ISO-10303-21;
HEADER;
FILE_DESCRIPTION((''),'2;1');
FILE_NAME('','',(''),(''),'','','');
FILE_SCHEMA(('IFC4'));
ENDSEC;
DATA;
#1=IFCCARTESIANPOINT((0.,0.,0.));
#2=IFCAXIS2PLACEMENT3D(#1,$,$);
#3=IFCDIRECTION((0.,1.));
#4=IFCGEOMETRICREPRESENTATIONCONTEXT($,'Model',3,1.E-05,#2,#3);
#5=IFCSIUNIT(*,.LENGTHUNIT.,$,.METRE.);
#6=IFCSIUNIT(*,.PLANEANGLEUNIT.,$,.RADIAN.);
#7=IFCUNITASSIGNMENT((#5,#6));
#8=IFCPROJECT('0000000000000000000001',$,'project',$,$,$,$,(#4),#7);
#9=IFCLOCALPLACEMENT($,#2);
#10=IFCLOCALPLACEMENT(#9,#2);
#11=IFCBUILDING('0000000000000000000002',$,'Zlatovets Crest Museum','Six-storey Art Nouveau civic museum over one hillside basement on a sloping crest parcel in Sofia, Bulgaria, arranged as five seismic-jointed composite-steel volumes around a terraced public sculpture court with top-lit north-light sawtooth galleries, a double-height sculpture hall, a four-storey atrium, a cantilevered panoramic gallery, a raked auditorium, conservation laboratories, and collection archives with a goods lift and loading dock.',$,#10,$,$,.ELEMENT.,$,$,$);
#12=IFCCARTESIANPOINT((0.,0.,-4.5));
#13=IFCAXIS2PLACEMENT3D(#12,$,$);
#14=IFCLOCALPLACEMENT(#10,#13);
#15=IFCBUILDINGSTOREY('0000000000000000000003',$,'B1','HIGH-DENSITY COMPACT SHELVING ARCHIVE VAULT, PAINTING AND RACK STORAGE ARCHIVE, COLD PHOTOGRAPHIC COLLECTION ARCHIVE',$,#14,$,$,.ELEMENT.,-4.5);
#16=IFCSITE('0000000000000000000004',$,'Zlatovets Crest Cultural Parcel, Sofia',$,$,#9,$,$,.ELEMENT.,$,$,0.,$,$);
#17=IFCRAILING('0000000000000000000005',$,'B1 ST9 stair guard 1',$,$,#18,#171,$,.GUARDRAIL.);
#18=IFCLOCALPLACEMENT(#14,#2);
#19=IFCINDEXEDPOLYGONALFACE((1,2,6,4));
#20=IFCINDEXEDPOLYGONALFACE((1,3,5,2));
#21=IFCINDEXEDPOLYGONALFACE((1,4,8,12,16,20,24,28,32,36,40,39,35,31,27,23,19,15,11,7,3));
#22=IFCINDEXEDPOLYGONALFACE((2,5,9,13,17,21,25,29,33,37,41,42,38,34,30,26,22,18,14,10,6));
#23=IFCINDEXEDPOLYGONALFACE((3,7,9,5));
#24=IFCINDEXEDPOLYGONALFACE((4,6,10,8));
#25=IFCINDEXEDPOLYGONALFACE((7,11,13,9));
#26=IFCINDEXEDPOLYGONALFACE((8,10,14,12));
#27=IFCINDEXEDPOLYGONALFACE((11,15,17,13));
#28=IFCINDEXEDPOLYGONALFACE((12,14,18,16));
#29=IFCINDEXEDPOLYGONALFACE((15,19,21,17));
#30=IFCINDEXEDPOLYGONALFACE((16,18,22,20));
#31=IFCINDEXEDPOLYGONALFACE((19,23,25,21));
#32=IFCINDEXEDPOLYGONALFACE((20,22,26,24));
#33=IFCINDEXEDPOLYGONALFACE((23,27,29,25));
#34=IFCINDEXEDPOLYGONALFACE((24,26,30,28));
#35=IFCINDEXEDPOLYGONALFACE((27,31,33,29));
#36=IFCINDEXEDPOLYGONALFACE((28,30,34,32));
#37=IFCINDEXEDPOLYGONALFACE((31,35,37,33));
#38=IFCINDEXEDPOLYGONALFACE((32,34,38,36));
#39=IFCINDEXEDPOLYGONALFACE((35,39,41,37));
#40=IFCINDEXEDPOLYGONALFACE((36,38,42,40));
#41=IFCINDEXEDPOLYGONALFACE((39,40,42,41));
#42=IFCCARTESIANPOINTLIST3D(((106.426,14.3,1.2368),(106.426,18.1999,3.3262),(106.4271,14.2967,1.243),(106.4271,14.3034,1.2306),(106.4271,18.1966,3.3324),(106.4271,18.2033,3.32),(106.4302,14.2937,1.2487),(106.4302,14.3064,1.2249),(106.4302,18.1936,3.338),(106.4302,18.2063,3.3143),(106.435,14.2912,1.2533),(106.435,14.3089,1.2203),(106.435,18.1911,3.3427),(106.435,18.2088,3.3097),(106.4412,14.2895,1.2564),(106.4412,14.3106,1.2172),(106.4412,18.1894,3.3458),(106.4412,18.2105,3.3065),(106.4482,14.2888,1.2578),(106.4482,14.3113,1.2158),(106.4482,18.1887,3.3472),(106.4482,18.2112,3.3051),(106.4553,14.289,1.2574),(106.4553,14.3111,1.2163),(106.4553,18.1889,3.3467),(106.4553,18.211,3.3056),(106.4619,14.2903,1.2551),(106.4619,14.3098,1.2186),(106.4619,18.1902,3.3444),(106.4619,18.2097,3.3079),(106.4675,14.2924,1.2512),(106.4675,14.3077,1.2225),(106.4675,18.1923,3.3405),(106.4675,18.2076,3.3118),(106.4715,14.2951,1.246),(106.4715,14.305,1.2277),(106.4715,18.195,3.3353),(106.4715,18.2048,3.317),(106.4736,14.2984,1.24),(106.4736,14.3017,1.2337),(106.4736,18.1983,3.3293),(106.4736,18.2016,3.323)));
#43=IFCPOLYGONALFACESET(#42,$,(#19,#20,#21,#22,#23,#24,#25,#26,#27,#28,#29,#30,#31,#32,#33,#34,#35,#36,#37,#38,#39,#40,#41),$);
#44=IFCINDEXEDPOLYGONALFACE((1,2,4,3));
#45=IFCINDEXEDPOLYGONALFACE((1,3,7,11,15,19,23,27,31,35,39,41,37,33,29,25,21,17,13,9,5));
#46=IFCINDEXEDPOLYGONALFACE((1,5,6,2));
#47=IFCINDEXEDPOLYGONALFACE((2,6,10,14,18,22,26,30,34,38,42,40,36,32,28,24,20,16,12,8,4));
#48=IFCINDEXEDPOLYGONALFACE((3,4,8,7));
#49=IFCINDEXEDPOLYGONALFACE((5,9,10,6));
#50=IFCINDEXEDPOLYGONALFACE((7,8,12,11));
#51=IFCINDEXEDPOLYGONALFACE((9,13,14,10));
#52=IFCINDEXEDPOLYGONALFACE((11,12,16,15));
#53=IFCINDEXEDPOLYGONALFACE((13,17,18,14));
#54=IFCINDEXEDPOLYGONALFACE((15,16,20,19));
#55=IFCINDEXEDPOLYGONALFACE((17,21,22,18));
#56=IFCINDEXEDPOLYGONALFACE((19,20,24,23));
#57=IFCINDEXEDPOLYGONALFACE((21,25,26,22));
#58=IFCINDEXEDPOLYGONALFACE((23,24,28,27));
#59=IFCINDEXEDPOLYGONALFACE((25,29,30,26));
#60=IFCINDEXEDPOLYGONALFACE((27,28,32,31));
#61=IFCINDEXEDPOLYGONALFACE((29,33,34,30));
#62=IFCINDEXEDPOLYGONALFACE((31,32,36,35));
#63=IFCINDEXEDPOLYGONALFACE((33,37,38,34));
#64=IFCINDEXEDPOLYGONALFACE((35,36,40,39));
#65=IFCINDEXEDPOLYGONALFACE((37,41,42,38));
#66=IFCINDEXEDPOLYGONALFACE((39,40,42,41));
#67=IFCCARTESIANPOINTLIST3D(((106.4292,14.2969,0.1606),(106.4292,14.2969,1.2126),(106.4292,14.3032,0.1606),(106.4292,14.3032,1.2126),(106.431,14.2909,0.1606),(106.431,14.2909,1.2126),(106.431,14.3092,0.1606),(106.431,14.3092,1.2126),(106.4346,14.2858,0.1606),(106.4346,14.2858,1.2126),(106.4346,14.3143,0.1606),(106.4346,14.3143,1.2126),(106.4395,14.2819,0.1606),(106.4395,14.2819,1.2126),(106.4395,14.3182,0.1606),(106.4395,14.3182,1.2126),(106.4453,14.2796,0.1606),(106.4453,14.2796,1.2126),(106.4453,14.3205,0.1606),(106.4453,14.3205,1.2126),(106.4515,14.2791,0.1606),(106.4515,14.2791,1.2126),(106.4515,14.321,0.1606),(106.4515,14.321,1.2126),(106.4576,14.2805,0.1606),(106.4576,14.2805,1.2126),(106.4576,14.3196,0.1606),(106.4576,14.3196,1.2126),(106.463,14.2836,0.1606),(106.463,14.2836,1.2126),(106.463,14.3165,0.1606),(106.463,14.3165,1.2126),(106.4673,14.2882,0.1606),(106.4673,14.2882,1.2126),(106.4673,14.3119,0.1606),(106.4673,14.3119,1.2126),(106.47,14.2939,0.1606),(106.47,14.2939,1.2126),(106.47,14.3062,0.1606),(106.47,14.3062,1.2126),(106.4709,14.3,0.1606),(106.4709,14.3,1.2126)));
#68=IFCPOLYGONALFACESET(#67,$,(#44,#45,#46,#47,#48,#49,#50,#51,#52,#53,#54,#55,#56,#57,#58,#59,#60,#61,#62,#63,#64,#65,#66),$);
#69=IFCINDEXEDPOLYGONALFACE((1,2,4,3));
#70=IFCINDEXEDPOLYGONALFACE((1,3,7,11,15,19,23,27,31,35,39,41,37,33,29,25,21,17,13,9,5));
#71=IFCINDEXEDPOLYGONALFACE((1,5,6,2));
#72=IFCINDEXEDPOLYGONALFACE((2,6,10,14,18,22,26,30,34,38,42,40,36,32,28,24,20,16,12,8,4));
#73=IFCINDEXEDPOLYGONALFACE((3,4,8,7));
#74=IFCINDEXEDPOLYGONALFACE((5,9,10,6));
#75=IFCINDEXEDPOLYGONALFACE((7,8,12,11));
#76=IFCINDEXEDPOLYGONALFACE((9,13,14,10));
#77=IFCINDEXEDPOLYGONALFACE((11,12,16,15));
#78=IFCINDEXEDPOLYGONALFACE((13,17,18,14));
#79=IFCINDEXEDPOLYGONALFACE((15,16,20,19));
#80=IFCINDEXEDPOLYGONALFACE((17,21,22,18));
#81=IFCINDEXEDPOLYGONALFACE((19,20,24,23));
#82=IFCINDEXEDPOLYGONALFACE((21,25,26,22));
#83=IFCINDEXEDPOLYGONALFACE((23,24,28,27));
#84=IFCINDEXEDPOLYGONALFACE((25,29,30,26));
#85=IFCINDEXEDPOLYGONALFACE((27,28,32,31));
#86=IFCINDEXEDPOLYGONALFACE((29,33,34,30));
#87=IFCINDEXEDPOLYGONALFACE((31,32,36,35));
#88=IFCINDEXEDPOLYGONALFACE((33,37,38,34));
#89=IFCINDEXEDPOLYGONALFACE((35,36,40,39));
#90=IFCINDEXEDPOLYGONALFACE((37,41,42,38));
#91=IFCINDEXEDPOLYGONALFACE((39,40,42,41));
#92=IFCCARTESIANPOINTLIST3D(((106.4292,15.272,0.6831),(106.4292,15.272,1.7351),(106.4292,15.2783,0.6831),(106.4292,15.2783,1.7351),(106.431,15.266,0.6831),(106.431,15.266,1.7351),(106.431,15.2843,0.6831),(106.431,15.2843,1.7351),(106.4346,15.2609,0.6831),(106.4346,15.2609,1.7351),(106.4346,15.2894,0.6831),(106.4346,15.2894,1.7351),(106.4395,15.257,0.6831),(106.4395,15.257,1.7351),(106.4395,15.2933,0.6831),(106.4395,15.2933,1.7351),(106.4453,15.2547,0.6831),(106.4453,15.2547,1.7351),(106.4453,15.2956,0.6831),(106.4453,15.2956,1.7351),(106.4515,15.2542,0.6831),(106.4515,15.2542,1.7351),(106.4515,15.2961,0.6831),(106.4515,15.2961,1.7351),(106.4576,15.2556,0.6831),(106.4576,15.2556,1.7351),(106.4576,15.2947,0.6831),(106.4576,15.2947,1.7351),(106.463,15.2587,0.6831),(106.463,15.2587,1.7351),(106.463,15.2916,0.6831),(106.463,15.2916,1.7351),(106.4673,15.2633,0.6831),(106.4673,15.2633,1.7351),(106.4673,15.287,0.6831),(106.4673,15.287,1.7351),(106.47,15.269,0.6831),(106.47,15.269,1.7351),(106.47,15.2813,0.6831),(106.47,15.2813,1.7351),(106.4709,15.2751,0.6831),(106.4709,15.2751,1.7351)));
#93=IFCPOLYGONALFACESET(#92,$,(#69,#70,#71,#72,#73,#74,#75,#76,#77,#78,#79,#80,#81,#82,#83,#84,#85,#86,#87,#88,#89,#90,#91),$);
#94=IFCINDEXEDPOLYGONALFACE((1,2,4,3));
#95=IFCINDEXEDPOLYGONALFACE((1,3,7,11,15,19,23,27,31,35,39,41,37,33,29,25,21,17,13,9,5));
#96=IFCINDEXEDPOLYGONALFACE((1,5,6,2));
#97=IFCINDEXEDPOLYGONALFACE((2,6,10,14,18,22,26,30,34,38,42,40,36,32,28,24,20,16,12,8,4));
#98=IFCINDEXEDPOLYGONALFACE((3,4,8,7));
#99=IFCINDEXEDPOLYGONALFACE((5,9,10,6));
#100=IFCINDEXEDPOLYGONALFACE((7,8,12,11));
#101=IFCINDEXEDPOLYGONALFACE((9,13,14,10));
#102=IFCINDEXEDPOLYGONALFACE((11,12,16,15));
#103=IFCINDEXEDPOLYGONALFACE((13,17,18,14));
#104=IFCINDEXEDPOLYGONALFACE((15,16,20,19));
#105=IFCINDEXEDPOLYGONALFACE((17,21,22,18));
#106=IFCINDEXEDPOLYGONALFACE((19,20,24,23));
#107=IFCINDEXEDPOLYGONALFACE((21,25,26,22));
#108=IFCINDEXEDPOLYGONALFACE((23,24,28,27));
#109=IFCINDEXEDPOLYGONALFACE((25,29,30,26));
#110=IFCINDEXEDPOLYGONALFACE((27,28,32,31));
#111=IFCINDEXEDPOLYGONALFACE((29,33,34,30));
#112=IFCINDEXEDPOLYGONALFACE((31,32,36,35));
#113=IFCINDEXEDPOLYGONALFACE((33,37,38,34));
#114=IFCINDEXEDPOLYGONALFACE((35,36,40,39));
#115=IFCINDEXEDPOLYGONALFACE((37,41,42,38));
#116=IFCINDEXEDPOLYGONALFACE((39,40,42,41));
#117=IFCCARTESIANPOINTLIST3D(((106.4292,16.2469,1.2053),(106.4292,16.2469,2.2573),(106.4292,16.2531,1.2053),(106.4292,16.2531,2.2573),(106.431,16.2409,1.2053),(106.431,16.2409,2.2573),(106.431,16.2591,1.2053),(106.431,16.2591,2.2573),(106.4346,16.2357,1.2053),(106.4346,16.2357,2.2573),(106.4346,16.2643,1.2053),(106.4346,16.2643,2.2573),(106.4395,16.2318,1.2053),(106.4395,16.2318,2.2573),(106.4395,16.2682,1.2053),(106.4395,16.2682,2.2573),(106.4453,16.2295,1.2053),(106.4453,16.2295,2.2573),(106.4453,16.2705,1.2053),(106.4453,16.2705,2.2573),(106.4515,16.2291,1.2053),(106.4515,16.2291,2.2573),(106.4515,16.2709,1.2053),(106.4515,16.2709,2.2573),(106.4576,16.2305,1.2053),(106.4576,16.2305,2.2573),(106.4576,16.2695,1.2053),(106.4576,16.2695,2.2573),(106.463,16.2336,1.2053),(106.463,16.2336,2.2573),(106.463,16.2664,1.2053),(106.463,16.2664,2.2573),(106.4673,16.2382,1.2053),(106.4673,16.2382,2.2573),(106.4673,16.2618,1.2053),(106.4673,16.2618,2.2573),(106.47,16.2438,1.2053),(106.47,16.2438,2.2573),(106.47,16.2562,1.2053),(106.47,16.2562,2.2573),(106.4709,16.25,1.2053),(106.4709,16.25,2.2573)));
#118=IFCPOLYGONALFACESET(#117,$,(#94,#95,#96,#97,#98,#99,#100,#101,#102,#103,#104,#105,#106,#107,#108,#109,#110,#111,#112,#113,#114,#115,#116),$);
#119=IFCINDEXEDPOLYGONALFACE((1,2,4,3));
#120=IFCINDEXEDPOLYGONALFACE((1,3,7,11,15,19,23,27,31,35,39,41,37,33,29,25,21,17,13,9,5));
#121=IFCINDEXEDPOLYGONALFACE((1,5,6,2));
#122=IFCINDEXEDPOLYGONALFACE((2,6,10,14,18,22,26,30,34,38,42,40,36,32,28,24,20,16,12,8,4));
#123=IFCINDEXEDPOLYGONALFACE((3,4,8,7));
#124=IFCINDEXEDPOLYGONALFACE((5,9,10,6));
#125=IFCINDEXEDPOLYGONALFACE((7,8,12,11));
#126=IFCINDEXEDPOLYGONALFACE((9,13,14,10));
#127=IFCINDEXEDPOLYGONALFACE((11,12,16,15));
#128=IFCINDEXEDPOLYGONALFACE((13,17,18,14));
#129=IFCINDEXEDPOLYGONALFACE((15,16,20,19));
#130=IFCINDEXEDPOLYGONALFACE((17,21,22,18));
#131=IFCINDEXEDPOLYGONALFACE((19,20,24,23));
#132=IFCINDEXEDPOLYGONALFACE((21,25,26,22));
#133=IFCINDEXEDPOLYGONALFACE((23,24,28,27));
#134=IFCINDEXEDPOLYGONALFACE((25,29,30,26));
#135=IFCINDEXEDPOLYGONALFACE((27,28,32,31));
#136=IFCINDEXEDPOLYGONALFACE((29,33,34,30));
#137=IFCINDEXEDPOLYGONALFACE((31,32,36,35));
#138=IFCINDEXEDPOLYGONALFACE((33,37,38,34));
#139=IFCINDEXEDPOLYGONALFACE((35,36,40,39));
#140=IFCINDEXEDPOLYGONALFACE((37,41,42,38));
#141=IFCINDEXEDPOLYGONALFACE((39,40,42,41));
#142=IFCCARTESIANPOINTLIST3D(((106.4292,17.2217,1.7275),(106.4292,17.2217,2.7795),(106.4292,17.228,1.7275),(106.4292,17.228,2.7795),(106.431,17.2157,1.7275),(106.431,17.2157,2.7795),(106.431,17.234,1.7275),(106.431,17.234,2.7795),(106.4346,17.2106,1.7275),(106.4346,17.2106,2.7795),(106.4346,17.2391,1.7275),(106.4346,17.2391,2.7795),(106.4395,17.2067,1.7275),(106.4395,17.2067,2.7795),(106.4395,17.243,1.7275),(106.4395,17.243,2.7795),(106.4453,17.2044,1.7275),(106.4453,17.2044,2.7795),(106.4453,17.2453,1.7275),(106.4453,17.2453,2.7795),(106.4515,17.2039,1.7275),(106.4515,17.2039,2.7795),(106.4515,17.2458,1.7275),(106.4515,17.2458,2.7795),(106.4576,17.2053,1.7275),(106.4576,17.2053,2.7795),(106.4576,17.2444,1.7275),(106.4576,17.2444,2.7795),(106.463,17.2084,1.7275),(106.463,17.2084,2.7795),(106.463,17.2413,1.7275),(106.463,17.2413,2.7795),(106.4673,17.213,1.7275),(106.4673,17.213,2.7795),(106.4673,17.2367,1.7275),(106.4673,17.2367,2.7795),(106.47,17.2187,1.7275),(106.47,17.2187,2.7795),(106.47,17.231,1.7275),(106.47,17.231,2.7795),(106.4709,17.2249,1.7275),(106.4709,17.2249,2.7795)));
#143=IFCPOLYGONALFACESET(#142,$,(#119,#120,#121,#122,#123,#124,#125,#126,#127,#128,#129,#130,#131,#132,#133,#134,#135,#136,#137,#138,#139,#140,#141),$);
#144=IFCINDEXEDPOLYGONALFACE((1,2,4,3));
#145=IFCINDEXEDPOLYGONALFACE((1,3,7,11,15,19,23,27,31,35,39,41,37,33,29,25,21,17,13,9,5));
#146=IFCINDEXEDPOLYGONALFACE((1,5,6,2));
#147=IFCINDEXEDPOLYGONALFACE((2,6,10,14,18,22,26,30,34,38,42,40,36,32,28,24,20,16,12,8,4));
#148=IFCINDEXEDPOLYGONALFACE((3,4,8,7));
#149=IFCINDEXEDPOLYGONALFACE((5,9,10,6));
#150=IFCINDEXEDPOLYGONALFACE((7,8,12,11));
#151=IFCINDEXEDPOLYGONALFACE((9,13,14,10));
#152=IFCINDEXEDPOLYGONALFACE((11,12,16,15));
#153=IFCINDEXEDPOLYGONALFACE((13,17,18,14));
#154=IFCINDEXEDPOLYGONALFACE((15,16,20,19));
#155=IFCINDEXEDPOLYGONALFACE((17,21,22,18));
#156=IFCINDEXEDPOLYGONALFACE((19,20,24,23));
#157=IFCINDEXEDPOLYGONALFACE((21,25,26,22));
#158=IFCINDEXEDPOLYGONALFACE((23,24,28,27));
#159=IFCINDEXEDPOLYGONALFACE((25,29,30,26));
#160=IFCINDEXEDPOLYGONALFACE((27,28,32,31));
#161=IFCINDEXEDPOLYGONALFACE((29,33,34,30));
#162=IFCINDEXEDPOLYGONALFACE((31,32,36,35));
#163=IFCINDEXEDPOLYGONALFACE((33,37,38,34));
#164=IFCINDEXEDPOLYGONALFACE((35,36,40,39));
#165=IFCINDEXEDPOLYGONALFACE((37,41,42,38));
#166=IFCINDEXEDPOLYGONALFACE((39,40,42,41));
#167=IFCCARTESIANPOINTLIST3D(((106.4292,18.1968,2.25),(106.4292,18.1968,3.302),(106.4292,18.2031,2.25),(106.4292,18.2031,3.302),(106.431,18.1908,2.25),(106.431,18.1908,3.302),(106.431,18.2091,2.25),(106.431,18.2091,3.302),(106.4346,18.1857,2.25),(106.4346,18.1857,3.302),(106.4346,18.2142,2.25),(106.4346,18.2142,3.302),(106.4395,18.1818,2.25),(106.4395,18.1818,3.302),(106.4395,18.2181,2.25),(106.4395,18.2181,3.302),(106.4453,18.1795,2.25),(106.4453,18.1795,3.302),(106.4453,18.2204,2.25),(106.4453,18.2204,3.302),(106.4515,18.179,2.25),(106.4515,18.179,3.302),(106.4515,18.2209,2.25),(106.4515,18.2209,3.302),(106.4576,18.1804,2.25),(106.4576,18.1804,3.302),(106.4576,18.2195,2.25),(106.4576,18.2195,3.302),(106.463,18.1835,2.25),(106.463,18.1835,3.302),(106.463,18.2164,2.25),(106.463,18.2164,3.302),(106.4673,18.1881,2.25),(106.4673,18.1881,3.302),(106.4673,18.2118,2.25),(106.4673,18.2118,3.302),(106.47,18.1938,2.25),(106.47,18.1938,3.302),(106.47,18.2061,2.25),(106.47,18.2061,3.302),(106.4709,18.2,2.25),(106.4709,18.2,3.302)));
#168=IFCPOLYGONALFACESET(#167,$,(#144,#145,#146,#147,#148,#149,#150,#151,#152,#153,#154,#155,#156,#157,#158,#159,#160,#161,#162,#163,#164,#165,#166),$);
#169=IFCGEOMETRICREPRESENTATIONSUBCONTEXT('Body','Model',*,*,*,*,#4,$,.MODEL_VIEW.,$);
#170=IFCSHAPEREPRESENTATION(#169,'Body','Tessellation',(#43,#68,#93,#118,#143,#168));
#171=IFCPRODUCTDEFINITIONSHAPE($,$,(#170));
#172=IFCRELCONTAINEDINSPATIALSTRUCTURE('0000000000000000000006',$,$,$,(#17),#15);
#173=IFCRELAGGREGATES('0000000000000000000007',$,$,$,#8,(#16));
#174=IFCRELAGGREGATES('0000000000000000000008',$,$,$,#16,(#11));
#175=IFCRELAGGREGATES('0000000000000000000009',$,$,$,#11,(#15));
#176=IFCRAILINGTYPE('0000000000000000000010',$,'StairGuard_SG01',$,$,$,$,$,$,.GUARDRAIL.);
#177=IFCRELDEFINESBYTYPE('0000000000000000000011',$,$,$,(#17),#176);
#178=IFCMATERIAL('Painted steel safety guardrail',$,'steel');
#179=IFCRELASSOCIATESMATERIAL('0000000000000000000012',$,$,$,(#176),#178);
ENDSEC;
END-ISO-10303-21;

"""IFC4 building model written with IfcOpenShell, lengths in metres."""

from ifc_helpers import new_model, si_unit, direction, frame, origin, origin_2d, place, context, subcontext, project, spatial, circle, extrude, material, type_object, element, save


model = new_model("IFC4")

# Units and contexts
model_context = context("Model", 3, precision=1e-05, world=origin(), true_north=direction((0.0, 1.0)))
body_context = subcontext(model_context, "Body", "Model", "MODEL_VIEW")
ifc_project = project(units=[si_unit("LENGTHUNIT", "METRE"), si_unit("PLANEANGLEUNIT", "RADIAN")], contexts=[model_context])

# Site, building, storey
site_placement = place(None, origin())
site = spatial("IfcSite", under=ifc_project, at=site_placement, Name="Zlatovets Crest Cultural Parcel, Sofia", CompositionType="ELEMENT", RefElevation=0.0)
building_placement = place(site_placement, origin())
building = spatial("IfcBuilding", under=site, at=building_placement, Name="Zlatovets Crest Museum", Description="Six-storey Art Nouveau civic museum over one hillside basement on a sloping crest parcel in Sofia, Bulgaria, arranged as five seismic-jointed composite-steel volumes around a terraced public sculpture court with top-lit north-light sawtooth galleries, a double-height sculpture hall, a four-storey atrium, a cantilevered panoramic gallery, a raked auditorium, conservation laboratories, and collection archives with a goods lift and loading dock.", CompositionType="ELEMENT")
storey_placement = place(building_placement, frame((0.0, 0.0, -4.5)))
storey = spatial("IfcBuildingStorey", under=building, at=storey_placement, Name="B1", Description="HIGH-DENSITY COMPACT SHELVING ARCHIVE VAULT, PAINTING AND RACK STORAGE ARCHIVE, COLD PHOTOGRAPHIC COLLECTION ARCHIVE", CompositionType="ELEMENT", Elevation=-4.5)

# Railing
ifc_material_1 = material(Name="Painted steel safety guardrail", Category="steel")
railing_type_1 = type_object("IfcRailingType", Name="StairGuard_SG01", PredefinedType="GUARDRAIL", material=ifc_material_1)
railing_1_placement = place(storey_placement, frame((106.45, 14.3, 0.1606)))
element("IfcRailing", 1, at=railing_1_placement, inside=storey, type_object=railing_type_1, Name="B1 ST9 stair guard 1", PredefinedType="GUARDRAIL", context=body_context, shape_type="SweptSolid", body=[
    extrude(circle(Radius=0.0239, at=origin_2d()), frame((0.0, 0.0, 1.0762), z_axis=(0.0, 0.881468, 0.472243), x_axis=(-1.0, 0.0, 0.0)), (0.0, 0.0, 1.0), 4.4243),
    extrude(circle(Radius=0.021, at=origin_2d()), origin(), (0.0, 0.0, 1.0), 1.052),
    extrude(circle(Radius=0.021, at=origin_2d()), frame((0.0, 0.9751, 0.5225)), (0.0, 0.0, 1.0), 1.052),
    extrude(circle(Radius=0.021, at=origin_2d()), frame((0.0, 1.95, 1.0447)), (0.0, 0.0, 1.0), 1.052),
    extrude(circle(Radius=0.021, at=origin_2d()), frame((0.0, 2.9248, 1.5669)), (0.0, 0.0, 1.0), 1.052),
    extrude(circle(Radius=0.021, at=origin_2d()), frame((0.0, 3.8999, 2.0894)), (0.0, 0.0, 1.0), 1.052),
])

save(model, "model.ifc")
